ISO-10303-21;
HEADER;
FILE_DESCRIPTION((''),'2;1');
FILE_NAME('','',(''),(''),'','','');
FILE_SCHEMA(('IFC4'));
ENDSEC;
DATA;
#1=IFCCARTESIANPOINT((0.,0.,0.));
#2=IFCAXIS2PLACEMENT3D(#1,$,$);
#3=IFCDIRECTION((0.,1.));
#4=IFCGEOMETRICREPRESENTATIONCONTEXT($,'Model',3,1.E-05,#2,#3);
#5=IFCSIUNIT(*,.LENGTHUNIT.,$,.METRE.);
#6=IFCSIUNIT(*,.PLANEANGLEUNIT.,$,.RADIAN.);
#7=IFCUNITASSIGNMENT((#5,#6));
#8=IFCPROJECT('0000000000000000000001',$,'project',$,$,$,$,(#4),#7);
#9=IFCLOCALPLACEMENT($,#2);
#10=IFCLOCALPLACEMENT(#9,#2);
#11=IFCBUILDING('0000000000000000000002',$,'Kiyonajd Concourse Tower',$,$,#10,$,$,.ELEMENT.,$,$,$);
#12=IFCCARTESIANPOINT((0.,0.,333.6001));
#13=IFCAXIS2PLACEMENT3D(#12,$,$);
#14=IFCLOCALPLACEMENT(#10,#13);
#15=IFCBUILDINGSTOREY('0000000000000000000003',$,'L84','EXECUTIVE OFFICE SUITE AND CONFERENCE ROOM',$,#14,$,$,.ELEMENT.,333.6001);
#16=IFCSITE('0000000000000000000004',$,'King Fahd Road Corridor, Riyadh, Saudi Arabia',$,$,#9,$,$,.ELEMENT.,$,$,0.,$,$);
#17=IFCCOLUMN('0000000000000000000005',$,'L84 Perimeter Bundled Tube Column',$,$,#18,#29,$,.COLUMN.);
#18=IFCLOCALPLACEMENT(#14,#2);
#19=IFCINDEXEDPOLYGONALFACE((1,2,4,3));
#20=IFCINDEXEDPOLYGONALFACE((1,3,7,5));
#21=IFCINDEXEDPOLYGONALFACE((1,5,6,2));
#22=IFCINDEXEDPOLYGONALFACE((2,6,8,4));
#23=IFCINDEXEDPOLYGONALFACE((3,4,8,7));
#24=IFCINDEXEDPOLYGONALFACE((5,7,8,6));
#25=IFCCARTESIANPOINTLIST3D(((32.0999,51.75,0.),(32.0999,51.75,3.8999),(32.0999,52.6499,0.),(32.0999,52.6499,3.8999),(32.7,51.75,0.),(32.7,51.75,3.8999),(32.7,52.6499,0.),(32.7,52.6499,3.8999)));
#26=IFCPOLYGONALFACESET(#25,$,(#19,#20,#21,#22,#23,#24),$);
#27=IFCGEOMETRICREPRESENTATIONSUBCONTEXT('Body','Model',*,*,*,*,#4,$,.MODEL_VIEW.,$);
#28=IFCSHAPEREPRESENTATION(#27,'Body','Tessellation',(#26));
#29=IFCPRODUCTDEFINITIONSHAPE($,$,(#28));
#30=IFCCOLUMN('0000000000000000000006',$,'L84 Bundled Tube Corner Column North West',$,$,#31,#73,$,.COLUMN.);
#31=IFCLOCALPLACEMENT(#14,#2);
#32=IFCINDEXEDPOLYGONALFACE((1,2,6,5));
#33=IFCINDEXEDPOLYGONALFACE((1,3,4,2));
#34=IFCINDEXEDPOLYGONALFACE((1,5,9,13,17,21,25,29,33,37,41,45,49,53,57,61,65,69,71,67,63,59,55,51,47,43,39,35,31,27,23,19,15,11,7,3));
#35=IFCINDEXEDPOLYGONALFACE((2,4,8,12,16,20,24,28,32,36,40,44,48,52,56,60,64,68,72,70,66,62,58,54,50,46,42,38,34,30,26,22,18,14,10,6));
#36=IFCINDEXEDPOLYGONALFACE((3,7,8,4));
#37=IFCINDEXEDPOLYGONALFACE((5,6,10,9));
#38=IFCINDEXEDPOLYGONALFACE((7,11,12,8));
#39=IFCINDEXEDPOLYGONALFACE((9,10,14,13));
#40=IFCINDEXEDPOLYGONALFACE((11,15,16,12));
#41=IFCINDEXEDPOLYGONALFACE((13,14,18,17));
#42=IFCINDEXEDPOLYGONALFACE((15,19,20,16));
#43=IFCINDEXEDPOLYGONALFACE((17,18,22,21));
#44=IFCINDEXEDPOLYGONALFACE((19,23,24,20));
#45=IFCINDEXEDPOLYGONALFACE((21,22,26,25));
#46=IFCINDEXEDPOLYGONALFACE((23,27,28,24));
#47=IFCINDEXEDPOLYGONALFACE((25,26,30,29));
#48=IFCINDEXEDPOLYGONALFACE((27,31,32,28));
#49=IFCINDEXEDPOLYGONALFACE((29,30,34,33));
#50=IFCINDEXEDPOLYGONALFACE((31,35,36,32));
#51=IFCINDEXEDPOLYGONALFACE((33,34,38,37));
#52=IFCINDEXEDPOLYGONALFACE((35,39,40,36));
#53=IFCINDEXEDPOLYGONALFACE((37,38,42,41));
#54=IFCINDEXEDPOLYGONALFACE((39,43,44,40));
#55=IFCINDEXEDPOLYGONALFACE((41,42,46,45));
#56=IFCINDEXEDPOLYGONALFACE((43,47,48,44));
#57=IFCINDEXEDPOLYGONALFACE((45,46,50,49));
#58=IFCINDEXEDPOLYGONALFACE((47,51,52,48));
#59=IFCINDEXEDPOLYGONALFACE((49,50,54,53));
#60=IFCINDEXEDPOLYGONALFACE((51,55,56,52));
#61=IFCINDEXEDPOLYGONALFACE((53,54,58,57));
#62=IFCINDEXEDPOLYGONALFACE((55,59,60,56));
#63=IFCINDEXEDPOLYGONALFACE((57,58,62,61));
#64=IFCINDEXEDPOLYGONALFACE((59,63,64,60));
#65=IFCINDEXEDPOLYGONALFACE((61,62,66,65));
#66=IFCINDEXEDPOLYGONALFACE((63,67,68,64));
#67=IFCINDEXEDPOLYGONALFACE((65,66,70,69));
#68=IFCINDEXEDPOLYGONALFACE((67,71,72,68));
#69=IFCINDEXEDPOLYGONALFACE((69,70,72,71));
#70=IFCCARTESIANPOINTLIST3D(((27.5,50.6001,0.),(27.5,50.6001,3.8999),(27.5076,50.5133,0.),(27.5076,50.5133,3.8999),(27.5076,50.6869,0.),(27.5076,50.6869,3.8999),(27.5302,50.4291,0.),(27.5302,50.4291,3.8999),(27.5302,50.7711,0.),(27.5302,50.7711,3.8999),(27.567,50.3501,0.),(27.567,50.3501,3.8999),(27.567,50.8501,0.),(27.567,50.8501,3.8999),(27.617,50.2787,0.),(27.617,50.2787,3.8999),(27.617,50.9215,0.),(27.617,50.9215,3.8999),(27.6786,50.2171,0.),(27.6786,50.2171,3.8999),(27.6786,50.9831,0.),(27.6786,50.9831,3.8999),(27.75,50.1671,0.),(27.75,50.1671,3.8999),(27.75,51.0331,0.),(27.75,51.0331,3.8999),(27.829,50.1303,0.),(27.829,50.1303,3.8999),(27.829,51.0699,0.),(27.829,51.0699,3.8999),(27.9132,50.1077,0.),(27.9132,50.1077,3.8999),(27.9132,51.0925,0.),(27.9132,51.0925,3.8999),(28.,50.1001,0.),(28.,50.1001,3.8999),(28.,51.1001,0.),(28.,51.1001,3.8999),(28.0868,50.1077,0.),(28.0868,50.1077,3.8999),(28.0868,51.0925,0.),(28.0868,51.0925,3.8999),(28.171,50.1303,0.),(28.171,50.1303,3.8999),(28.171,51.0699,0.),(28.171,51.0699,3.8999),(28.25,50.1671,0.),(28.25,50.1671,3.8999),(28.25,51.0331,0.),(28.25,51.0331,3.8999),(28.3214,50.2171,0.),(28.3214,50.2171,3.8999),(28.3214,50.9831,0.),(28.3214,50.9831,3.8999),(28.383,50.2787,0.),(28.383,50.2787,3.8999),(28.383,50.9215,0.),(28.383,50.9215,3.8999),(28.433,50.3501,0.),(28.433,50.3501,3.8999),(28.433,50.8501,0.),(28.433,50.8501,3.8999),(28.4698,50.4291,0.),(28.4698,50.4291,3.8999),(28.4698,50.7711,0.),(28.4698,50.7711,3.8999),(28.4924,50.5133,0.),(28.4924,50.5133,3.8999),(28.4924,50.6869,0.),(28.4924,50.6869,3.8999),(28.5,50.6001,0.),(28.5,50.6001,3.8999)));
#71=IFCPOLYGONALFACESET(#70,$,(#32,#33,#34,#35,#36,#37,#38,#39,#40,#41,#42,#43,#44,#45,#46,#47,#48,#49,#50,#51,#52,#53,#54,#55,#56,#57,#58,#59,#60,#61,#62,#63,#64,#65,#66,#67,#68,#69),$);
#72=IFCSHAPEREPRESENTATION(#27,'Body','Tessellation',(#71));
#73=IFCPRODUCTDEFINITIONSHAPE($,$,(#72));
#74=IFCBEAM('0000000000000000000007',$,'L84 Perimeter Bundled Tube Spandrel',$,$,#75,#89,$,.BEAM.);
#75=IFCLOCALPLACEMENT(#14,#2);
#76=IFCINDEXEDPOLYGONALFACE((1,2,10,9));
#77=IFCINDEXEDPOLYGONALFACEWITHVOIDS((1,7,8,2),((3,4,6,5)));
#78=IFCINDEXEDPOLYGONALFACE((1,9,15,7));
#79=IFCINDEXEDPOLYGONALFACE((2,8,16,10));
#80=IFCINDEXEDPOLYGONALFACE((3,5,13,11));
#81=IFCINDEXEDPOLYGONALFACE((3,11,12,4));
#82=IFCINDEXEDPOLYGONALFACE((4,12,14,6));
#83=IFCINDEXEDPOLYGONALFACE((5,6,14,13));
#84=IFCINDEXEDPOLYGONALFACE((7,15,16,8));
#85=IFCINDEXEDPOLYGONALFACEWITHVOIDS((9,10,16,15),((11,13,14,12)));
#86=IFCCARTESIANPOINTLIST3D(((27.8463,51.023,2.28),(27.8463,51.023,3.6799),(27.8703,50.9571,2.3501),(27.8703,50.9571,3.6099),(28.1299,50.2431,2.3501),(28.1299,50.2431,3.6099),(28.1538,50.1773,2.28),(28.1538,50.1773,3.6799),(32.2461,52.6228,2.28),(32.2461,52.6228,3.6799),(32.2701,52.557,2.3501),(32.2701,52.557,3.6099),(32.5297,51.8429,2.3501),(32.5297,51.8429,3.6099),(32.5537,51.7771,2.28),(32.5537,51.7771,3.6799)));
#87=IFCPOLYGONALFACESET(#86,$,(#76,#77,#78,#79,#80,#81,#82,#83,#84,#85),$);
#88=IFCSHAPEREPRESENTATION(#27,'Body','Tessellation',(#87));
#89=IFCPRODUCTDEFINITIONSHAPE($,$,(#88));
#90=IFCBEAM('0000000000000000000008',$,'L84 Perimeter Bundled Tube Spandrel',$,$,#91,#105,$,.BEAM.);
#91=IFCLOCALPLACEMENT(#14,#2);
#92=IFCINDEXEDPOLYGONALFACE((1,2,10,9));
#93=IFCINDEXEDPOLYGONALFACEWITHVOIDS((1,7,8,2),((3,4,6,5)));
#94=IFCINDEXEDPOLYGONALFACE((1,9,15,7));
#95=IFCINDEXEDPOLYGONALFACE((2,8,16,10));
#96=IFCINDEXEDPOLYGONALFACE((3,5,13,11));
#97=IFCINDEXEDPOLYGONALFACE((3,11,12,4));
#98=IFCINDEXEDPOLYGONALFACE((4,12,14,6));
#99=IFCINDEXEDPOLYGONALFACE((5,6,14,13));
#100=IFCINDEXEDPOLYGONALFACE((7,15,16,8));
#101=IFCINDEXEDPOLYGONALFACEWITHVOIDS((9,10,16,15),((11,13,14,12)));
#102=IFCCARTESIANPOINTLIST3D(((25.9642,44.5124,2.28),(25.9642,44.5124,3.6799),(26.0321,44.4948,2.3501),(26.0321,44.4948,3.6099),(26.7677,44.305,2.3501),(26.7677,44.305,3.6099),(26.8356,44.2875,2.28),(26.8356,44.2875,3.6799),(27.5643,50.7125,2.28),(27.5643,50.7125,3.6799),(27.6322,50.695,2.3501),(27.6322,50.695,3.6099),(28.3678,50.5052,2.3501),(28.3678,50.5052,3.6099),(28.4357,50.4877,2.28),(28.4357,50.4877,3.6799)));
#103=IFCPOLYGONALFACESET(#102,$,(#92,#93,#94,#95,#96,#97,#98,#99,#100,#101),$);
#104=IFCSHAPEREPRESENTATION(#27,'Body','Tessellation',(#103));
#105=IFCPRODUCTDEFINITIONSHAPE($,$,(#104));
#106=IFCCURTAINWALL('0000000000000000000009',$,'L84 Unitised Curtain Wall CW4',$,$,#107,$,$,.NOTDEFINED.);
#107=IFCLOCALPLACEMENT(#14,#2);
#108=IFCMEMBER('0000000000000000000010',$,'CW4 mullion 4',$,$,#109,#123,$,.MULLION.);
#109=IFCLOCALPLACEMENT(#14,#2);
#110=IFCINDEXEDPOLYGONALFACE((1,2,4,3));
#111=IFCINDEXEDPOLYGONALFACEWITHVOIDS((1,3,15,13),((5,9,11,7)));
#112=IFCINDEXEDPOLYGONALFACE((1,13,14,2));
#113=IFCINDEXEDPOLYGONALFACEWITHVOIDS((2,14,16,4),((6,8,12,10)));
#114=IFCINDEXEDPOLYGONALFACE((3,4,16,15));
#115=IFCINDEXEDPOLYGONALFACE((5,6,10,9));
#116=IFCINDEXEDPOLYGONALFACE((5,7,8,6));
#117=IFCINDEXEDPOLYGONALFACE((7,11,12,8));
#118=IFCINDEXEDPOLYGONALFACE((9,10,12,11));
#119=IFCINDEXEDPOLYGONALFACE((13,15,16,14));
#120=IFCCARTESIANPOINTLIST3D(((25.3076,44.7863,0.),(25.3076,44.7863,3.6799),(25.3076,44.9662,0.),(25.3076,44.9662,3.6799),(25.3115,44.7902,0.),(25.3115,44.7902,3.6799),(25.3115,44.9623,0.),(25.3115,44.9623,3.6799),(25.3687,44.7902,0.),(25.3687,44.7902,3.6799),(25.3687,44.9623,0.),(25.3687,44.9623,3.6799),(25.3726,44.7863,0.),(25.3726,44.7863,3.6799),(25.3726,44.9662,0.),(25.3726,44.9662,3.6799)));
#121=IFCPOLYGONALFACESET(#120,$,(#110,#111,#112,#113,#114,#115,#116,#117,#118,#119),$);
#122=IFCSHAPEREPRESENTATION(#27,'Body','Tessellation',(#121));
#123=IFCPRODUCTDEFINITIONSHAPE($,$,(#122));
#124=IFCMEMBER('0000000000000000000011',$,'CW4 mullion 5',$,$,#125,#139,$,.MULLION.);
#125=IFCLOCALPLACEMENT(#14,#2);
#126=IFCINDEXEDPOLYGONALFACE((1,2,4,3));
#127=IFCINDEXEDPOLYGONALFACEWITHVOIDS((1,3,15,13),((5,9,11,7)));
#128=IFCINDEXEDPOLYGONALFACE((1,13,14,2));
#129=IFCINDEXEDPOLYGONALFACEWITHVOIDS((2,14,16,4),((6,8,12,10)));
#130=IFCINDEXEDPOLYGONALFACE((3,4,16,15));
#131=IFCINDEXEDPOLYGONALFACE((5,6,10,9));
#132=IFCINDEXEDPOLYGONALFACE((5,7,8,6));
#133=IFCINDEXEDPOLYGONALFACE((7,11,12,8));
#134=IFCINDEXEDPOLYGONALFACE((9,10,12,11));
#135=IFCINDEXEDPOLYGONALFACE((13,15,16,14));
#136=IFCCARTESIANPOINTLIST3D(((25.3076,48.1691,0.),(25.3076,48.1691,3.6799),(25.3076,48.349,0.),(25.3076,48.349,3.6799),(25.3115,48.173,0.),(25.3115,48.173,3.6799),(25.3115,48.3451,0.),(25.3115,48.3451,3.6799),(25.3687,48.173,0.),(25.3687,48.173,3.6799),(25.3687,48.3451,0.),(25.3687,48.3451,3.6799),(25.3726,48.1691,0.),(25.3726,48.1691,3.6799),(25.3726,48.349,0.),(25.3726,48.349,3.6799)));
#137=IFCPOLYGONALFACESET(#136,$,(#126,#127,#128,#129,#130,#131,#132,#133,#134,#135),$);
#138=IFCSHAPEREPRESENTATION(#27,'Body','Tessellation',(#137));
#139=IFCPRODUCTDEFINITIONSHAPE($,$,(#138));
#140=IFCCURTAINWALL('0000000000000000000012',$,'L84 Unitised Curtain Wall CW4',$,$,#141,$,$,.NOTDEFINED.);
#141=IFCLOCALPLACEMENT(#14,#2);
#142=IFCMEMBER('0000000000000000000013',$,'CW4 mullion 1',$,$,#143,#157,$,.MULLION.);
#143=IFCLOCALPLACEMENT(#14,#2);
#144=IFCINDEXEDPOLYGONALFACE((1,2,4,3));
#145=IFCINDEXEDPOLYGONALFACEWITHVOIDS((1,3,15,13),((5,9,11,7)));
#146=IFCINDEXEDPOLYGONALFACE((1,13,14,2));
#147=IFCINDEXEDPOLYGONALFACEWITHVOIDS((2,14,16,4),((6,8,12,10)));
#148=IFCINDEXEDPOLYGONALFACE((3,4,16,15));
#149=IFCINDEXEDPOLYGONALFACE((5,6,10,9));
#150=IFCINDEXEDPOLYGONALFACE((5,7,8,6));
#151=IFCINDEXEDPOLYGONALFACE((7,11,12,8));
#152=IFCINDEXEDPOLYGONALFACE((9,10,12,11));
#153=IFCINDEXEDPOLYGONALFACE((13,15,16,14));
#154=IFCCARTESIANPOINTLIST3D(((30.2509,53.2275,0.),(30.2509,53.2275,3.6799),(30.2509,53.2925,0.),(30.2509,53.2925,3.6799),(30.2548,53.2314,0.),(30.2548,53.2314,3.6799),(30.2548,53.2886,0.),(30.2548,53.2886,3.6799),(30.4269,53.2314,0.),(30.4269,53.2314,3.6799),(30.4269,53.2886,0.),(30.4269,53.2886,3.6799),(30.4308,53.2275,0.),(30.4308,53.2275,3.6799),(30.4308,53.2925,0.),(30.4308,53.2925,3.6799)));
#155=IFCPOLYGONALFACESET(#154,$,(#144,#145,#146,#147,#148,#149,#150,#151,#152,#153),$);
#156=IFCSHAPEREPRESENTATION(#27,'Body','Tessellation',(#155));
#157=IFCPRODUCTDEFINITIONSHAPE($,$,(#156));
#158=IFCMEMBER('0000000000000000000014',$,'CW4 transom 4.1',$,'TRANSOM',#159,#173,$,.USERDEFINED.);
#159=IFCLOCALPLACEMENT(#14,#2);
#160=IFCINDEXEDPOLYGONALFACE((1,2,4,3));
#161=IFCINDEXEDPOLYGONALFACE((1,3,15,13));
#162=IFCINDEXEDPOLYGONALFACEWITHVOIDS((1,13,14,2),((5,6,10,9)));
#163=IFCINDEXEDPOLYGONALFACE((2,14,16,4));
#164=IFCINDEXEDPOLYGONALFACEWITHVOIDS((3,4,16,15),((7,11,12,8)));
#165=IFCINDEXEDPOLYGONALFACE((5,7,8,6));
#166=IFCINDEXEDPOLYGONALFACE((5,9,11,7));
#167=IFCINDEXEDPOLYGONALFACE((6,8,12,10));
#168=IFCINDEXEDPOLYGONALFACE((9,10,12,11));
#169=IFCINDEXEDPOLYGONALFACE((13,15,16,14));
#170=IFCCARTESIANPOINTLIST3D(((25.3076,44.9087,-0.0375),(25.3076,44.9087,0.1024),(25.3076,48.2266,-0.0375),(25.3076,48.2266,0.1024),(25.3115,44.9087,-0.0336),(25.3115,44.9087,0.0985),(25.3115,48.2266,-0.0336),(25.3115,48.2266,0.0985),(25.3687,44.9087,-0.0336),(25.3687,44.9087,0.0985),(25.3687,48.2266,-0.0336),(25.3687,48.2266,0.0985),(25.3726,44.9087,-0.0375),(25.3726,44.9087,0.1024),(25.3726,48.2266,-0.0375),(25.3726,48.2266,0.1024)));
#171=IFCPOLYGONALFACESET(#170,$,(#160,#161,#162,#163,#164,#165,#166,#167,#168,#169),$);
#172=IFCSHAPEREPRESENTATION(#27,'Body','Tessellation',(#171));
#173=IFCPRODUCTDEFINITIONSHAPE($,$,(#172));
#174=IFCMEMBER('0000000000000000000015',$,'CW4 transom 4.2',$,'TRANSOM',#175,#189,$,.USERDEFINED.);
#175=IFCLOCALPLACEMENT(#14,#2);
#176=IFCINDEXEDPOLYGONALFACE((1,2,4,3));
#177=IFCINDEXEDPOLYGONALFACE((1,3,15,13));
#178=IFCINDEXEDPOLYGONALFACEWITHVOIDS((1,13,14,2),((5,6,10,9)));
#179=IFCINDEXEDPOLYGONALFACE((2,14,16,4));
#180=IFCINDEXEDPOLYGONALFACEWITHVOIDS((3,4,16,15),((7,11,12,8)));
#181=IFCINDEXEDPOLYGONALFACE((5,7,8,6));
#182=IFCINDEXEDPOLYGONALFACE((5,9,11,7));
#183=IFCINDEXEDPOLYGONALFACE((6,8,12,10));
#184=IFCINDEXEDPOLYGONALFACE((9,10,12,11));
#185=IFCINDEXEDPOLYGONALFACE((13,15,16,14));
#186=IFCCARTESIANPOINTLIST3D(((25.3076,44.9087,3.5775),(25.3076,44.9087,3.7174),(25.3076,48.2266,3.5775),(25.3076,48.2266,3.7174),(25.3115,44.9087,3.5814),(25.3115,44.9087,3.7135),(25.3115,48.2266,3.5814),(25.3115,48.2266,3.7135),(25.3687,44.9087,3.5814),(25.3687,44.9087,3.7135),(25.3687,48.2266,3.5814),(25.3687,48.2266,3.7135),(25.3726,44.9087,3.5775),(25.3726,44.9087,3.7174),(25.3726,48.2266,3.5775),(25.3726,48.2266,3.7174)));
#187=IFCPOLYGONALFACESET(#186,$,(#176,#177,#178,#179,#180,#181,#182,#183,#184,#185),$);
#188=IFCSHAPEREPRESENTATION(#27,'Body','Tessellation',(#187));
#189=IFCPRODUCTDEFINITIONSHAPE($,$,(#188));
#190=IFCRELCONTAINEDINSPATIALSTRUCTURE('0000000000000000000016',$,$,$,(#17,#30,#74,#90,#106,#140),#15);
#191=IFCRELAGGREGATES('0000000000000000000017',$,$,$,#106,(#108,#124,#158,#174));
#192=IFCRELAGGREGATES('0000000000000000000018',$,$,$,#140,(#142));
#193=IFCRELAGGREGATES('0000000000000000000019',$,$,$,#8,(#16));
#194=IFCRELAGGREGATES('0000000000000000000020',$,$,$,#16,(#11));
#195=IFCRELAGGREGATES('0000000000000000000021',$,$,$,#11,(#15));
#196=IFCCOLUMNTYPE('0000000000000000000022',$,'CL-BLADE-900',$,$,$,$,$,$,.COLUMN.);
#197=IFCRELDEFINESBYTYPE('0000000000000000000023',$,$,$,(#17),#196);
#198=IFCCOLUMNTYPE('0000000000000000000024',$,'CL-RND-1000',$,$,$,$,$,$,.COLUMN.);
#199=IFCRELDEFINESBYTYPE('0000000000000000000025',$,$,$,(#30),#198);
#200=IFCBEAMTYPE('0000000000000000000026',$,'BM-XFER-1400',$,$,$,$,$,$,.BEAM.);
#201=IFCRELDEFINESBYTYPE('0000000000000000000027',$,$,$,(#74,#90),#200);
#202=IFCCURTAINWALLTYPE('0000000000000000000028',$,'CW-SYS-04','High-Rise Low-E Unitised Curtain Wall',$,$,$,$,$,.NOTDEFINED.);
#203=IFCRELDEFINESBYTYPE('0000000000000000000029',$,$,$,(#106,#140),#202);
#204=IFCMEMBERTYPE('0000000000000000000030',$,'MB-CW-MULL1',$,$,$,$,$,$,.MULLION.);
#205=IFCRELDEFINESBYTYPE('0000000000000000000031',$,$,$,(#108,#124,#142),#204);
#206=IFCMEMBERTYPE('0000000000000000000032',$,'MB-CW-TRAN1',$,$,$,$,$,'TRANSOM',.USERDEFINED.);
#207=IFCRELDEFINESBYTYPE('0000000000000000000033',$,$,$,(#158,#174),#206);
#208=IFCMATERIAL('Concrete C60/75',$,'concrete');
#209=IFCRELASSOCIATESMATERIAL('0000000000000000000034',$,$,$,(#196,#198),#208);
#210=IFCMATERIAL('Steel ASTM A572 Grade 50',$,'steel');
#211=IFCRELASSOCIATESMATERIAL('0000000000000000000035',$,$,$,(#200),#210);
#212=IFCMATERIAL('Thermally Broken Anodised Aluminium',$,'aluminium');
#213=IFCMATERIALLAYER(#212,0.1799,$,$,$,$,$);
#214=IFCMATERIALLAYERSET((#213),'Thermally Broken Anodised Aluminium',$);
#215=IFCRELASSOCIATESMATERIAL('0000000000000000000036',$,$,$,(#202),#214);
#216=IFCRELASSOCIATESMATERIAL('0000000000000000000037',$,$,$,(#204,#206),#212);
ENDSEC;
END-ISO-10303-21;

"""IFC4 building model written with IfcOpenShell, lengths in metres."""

from ifc_helpers import new_model, si_unit, direction, frame, origin, origin_2d, place, context, subcontext, project, spatial, rectangle, hollow_rectangle, circle, extrude, material, layer, layer_set, material_profile, profile_set, type_object, element, aggregate, save


model = new_model("IFC4")

# Units and contexts
model_context = context("Model", 3, precision=1e-05, world=origin(), true_north=direction((0.0, 1.0)))
body_context = subcontext(model_context, "Body", "Model", "MODEL_VIEW")
ifc_project = project(units=[si_unit("LENGTHUNIT", "METRE"), si_unit("PLANEANGLEUNIT", "RADIAN")], contexts=[model_context])

# Site, building, storey
site_placement = place(None, origin())
site = spatial("IfcSite", under=ifc_project, at=site_placement, Name="King Fahd Road Corridor, Riyadh, Saudi Arabia", CompositionType="ELEMENT", RefElevation=0.0)
building_placement = place(site_placement, origin())
building = spatial("IfcBuilding", under=site, at=building_placement, Name="Kiyonajd Concourse Tower", CompositionType="ELEMENT")
storey_placement = place(building_placement, frame((0.0, 0.0, 333.6001)))
storey = spatial("IfcBuildingStorey", under=building, at=storey_placement, Name="L84", Description="EXECUTIVE OFFICE SUITE AND CONFERENCE ROOM", CompositionType="ELEMENT", Elevation=333.6001)

# Columns
ifc_material_1 = material(Name="Concrete C60/75", Category="concrete")
ifc_material_profile_1 = material_profile(ifc_material_1, rectangle(XDim=0.6001, YDim=0.8999, at=origin_2d()), Name="RC-900x600")
ifc_profile_set_1 = profile_set([ifc_material_profile_1], Name="Concrete C60/75")
column_type_1 = type_object("IfcColumnType", Name="CL-BLADE-900", PredefinedType="COLUMN", material=ifc_profile_set_1)
column_1_placement = place(storey_placement, frame((32.3999, 52.2, 0.0), z_axis=(0.0, 0.0, 1.0), x_axis=(1.0, 0.0, 0.0)))
element("IfcColumn", 1, at=column_1_placement, inside=storey, type_object=column_type_1, Name="L84 Perimeter Bundled Tube Column", PredefinedType="COLUMN", context=body_context, shape_type="SweptSolid", body=[
    extrude(rectangle(XDim=0.6001, YDim=0.8999, at=origin_2d()), origin(), (0.0, 0.0, 1.0), 3.8999),
])
ifc_material_profile_2 = material_profile(ifc_material_1, circle(Radius=0.5, at=origin_2d()), Name="RCC-D1000")
ifc_profile_set_2 = profile_set([ifc_material_profile_2], Name="Concrete C60/75")
column_type_2 = type_object("IfcColumnType", Name="CL-RND-1000", PredefinedType="COLUMN", material=ifc_profile_set_2)
column_2_placement = place(storey_placement, frame((28.0, 50.6001, 0.0), z_axis=(0.0, 0.0, 1.0), x_axis=(1.0, 0.0, 0.0)))
element("IfcColumn", 2, at=column_2_placement, inside=storey, type_object=column_type_2, Name="L84 Bundled Tube Corner Column North West", PredefinedType="COLUMN", context=body_context, shape_type="SweptSolid", body=[
    extrude(circle(Radius=0.5, at=origin_2d()), origin(), (0.0, 0.0, 1.0), 3.8999),
])

# Beams
ifc_material_2 = material(Name="Steel ASTM A572 Grade 50", Category="steel")
ifc_material_profile_3 = material_profile(ifc_material_2, hollow_rectangle(XDim=0.8999, YDim=1.3999, WallThickness=0.0701, at=origin_2d()), Name="BOX-1400x900x70")
ifc_profile_set_3 = profile_set([ifc_material_profile_3], Name="Steel ASTM A572 Grade 50")
beam_type = type_object("IfcBeamType", Name="BM-XFER-1400", PredefinedType="BEAM", material=ifc_profile_set_3)
beam_1_placement = place(storey_placement, frame((32.3999, 52.2, 2.98), z_axis=(-0.939801, -0.341722, 0.0), x_axis=(0.341722, -0.939801, 0.0)))
element("IfcBeam", 3, at=beam_1_placement, inside=storey, type_object=beam_type, Name="L84 Perimeter Bundled Tube Spandrel", PredefinedType="BEAM", context=body_context, shape_type="SweptSolid", body=[
    extrude(hollow_rectangle(XDim=0.8999, YDim=1.3999, WallThickness=0.0701, at=origin_2d()), origin(), (0.0, 0.0, 1.0), 4.6816),
])
beam_2_placement = place(storey_placement, frame((28.0, 50.6001, 2.98), z_axis=(-0.249885, -0.968276, 0.0), x_axis=(0.968276, -0.249885, 0.0)))
element("IfcBeam", 4, at=beam_2_placement, inside=storey, type_object=beam_type, Name="L84 Perimeter Bundled Tube Spandrel", PredefinedType="BEAM", context=body_context, shape_type="SweptSolid", body=[
    extrude(hollow_rectangle(XDim=0.8999, YDim=1.3999, WallThickness=0.0701, at=origin_2d()), origin(), (0.0, 0.0, 1.0), 6.4033),
])

# Curtain wall, members
ifc_material_3 = material(Name="Thermally Broken Anodised Aluminium", Category="aluminium")
ifc_layer_1 = layer(ifc_material_3, 0.1799)
ifc_layer_set_1 = layer_set([ifc_layer_1], Name="Thermally Broken Anodised Aluminium")
curtain_wall_type = type_object("IfcCurtainWallType", Name="CW-SYS-04", Description="High-Rise Low-E Unitised Curtain Wall", PredefinedType="NOTDEFINED", material=ifc_layer_set_1)
curtain_wall_1_placement = place(storey_placement, origin())
curtain_wall_1 = element("IfcCurtainWall", 5, at=curtain_wall_1_placement, inside=storey, type_object=curtain_wall_type, Name="L84 Unitised Curtain Wall CW4", PredefinedType="NOTDEFINED")
ifc_material_profile_4 = material_profile(ifc_material_3, hollow_rectangle(XDim=0.0649, YDim=0.1799, WallThickness=0.0039, at=origin_2d()), Name="MULL-65x180")
ifc_profile_set_4 = profile_set([ifc_material_profile_4], Name="Thermally Broken Anodised Aluminium")
member_type_1 = type_object("IfcMemberType", Name="MB-CW-MULL1", PredefinedType="MULLION", material=ifc_profile_set_4)
member_1_placement = place(storey_placement, frame((25.3401, 44.8762, 0.0), z_axis=(0.0, 0.0, 1.0), x_axis=(-1.0, 0.0, 0.0)))
member_1 = element("IfcMember", 6, at=member_1_placement, type_object=member_type_1, Name="CW4 mullion 4", PredefinedType="MULLION", context=body_context, shape_type="SweptSolid", body=[
    extrude(hollow_rectangle(XDim=0.0649, YDim=0.1799, WallThickness=0.0039, at=origin_2d()), origin(), (0.0, 0.0, 1.0), 3.6799),
])
member_2_placement = place(storey_placement, frame((25.3401, 48.259, 0.0), z_axis=(0.0, 0.0, 1.0), x_axis=(-1.0, 0.0, 0.0)))
member_2 = element("IfcMember", 7, at=member_2_placement, type_object=member_type_1, Name="CW4 mullion 5", PredefinedType="MULLION", context=body_context, shape_type="SweptSolid", body=[
    extrude(hollow_rectangle(XDim=0.0649, YDim=0.1799, WallThickness=0.0039, at=origin_2d()), origin(), (0.0, 0.0, 1.0), 3.6799),
])

# Curtain wall, member
curtain_wall_2_placement = place(storey_placement, origin())
curtain_wall_2 = element("IfcCurtainWall", 8, at=curtain_wall_2_placement, inside=storey, type_object=curtain_wall_type, Name="L84 Unitised Curtain Wall CW4", PredefinedType="NOTDEFINED")
member_3_placement = place(storey_placement, frame((30.3408, 53.26, 0.0), z_axis=(0.0, 0.0, 1.0), x_axis=(0.0, 1.0, 0.0)))
member_3 = element("IfcMember", 9, at=member_3_placement, type_object=member_type_1, Name="CW4 mullion 1", PredefinedType="MULLION", context=body_context, shape_type="SweptSolid", body=[
    extrude(hollow_rectangle(XDim=0.0649, YDim=0.1799, WallThickness=0.0039, at=origin_2d()), origin(), (0.0, 0.0, 1.0), 3.6799),
])

# Members
ifc_material_profile_5 = material_profile(ifc_material_3, hollow_rectangle(XDim=0.0649, YDim=0.1399, WallThickness=0.0039, at=origin_2d()), Name="TRAN-65x140")
ifc_profile_set_5 = profile_set([ifc_material_profile_5], Name="Thermally Broken Anodised Aluminium")
member_type_2 = type_object("IfcMemberType", Name="MB-CW-TRAN1", ElementType="TRANSOM", PredefinedType="USERDEFINED", material=ifc_profile_set_5)
member_4_placement = place(storey_placement, frame((25.3401, 44.9087, 0.0325), z_axis=(0.0, 1.0, 0.0), x_axis=(-1.0, 0.0, 0.0)))
member_4 = element("IfcMember", 10, at=member_4_placement, type_object=member_type_2, Name="CW4 transom 4.1", ObjectType="TRANSOM", PredefinedType="USERDEFINED", context=body_context, shape_type="SweptSolid", body=[
    extrude(hollow_rectangle(XDim=0.0649, YDim=0.1399, WallThickness=0.0039, at=origin_2d()), origin(), (0.0, 0.0, 1.0), 3.3179),
])
member_5_placement = place(storey_placement, frame((25.3401, 44.9087, 3.6475), z_axis=(0.0, 1.0, 0.0), x_axis=(-1.0, 0.0, 0.0)))
member_5 = element("IfcMember", 11, at=member_5_placement, type_object=member_type_2, Name="CW4 transom 4.2", ObjectType="TRANSOM", PredefinedType="USERDEFINED", context=body_context, shape_type="SweptSolid", body=[
    extrude(hollow_rectangle(XDim=0.0649, YDim=0.1399, WallThickness=0.0039, at=origin_2d()), origin(), (0.0, 0.0, 1.0), 3.3179),
])

aggregate(curtain_wall_1, [member_1, member_2, member_4, member_5])
aggregate(curtain_wall_2, [member_3])

save(model, "model.ifc")
